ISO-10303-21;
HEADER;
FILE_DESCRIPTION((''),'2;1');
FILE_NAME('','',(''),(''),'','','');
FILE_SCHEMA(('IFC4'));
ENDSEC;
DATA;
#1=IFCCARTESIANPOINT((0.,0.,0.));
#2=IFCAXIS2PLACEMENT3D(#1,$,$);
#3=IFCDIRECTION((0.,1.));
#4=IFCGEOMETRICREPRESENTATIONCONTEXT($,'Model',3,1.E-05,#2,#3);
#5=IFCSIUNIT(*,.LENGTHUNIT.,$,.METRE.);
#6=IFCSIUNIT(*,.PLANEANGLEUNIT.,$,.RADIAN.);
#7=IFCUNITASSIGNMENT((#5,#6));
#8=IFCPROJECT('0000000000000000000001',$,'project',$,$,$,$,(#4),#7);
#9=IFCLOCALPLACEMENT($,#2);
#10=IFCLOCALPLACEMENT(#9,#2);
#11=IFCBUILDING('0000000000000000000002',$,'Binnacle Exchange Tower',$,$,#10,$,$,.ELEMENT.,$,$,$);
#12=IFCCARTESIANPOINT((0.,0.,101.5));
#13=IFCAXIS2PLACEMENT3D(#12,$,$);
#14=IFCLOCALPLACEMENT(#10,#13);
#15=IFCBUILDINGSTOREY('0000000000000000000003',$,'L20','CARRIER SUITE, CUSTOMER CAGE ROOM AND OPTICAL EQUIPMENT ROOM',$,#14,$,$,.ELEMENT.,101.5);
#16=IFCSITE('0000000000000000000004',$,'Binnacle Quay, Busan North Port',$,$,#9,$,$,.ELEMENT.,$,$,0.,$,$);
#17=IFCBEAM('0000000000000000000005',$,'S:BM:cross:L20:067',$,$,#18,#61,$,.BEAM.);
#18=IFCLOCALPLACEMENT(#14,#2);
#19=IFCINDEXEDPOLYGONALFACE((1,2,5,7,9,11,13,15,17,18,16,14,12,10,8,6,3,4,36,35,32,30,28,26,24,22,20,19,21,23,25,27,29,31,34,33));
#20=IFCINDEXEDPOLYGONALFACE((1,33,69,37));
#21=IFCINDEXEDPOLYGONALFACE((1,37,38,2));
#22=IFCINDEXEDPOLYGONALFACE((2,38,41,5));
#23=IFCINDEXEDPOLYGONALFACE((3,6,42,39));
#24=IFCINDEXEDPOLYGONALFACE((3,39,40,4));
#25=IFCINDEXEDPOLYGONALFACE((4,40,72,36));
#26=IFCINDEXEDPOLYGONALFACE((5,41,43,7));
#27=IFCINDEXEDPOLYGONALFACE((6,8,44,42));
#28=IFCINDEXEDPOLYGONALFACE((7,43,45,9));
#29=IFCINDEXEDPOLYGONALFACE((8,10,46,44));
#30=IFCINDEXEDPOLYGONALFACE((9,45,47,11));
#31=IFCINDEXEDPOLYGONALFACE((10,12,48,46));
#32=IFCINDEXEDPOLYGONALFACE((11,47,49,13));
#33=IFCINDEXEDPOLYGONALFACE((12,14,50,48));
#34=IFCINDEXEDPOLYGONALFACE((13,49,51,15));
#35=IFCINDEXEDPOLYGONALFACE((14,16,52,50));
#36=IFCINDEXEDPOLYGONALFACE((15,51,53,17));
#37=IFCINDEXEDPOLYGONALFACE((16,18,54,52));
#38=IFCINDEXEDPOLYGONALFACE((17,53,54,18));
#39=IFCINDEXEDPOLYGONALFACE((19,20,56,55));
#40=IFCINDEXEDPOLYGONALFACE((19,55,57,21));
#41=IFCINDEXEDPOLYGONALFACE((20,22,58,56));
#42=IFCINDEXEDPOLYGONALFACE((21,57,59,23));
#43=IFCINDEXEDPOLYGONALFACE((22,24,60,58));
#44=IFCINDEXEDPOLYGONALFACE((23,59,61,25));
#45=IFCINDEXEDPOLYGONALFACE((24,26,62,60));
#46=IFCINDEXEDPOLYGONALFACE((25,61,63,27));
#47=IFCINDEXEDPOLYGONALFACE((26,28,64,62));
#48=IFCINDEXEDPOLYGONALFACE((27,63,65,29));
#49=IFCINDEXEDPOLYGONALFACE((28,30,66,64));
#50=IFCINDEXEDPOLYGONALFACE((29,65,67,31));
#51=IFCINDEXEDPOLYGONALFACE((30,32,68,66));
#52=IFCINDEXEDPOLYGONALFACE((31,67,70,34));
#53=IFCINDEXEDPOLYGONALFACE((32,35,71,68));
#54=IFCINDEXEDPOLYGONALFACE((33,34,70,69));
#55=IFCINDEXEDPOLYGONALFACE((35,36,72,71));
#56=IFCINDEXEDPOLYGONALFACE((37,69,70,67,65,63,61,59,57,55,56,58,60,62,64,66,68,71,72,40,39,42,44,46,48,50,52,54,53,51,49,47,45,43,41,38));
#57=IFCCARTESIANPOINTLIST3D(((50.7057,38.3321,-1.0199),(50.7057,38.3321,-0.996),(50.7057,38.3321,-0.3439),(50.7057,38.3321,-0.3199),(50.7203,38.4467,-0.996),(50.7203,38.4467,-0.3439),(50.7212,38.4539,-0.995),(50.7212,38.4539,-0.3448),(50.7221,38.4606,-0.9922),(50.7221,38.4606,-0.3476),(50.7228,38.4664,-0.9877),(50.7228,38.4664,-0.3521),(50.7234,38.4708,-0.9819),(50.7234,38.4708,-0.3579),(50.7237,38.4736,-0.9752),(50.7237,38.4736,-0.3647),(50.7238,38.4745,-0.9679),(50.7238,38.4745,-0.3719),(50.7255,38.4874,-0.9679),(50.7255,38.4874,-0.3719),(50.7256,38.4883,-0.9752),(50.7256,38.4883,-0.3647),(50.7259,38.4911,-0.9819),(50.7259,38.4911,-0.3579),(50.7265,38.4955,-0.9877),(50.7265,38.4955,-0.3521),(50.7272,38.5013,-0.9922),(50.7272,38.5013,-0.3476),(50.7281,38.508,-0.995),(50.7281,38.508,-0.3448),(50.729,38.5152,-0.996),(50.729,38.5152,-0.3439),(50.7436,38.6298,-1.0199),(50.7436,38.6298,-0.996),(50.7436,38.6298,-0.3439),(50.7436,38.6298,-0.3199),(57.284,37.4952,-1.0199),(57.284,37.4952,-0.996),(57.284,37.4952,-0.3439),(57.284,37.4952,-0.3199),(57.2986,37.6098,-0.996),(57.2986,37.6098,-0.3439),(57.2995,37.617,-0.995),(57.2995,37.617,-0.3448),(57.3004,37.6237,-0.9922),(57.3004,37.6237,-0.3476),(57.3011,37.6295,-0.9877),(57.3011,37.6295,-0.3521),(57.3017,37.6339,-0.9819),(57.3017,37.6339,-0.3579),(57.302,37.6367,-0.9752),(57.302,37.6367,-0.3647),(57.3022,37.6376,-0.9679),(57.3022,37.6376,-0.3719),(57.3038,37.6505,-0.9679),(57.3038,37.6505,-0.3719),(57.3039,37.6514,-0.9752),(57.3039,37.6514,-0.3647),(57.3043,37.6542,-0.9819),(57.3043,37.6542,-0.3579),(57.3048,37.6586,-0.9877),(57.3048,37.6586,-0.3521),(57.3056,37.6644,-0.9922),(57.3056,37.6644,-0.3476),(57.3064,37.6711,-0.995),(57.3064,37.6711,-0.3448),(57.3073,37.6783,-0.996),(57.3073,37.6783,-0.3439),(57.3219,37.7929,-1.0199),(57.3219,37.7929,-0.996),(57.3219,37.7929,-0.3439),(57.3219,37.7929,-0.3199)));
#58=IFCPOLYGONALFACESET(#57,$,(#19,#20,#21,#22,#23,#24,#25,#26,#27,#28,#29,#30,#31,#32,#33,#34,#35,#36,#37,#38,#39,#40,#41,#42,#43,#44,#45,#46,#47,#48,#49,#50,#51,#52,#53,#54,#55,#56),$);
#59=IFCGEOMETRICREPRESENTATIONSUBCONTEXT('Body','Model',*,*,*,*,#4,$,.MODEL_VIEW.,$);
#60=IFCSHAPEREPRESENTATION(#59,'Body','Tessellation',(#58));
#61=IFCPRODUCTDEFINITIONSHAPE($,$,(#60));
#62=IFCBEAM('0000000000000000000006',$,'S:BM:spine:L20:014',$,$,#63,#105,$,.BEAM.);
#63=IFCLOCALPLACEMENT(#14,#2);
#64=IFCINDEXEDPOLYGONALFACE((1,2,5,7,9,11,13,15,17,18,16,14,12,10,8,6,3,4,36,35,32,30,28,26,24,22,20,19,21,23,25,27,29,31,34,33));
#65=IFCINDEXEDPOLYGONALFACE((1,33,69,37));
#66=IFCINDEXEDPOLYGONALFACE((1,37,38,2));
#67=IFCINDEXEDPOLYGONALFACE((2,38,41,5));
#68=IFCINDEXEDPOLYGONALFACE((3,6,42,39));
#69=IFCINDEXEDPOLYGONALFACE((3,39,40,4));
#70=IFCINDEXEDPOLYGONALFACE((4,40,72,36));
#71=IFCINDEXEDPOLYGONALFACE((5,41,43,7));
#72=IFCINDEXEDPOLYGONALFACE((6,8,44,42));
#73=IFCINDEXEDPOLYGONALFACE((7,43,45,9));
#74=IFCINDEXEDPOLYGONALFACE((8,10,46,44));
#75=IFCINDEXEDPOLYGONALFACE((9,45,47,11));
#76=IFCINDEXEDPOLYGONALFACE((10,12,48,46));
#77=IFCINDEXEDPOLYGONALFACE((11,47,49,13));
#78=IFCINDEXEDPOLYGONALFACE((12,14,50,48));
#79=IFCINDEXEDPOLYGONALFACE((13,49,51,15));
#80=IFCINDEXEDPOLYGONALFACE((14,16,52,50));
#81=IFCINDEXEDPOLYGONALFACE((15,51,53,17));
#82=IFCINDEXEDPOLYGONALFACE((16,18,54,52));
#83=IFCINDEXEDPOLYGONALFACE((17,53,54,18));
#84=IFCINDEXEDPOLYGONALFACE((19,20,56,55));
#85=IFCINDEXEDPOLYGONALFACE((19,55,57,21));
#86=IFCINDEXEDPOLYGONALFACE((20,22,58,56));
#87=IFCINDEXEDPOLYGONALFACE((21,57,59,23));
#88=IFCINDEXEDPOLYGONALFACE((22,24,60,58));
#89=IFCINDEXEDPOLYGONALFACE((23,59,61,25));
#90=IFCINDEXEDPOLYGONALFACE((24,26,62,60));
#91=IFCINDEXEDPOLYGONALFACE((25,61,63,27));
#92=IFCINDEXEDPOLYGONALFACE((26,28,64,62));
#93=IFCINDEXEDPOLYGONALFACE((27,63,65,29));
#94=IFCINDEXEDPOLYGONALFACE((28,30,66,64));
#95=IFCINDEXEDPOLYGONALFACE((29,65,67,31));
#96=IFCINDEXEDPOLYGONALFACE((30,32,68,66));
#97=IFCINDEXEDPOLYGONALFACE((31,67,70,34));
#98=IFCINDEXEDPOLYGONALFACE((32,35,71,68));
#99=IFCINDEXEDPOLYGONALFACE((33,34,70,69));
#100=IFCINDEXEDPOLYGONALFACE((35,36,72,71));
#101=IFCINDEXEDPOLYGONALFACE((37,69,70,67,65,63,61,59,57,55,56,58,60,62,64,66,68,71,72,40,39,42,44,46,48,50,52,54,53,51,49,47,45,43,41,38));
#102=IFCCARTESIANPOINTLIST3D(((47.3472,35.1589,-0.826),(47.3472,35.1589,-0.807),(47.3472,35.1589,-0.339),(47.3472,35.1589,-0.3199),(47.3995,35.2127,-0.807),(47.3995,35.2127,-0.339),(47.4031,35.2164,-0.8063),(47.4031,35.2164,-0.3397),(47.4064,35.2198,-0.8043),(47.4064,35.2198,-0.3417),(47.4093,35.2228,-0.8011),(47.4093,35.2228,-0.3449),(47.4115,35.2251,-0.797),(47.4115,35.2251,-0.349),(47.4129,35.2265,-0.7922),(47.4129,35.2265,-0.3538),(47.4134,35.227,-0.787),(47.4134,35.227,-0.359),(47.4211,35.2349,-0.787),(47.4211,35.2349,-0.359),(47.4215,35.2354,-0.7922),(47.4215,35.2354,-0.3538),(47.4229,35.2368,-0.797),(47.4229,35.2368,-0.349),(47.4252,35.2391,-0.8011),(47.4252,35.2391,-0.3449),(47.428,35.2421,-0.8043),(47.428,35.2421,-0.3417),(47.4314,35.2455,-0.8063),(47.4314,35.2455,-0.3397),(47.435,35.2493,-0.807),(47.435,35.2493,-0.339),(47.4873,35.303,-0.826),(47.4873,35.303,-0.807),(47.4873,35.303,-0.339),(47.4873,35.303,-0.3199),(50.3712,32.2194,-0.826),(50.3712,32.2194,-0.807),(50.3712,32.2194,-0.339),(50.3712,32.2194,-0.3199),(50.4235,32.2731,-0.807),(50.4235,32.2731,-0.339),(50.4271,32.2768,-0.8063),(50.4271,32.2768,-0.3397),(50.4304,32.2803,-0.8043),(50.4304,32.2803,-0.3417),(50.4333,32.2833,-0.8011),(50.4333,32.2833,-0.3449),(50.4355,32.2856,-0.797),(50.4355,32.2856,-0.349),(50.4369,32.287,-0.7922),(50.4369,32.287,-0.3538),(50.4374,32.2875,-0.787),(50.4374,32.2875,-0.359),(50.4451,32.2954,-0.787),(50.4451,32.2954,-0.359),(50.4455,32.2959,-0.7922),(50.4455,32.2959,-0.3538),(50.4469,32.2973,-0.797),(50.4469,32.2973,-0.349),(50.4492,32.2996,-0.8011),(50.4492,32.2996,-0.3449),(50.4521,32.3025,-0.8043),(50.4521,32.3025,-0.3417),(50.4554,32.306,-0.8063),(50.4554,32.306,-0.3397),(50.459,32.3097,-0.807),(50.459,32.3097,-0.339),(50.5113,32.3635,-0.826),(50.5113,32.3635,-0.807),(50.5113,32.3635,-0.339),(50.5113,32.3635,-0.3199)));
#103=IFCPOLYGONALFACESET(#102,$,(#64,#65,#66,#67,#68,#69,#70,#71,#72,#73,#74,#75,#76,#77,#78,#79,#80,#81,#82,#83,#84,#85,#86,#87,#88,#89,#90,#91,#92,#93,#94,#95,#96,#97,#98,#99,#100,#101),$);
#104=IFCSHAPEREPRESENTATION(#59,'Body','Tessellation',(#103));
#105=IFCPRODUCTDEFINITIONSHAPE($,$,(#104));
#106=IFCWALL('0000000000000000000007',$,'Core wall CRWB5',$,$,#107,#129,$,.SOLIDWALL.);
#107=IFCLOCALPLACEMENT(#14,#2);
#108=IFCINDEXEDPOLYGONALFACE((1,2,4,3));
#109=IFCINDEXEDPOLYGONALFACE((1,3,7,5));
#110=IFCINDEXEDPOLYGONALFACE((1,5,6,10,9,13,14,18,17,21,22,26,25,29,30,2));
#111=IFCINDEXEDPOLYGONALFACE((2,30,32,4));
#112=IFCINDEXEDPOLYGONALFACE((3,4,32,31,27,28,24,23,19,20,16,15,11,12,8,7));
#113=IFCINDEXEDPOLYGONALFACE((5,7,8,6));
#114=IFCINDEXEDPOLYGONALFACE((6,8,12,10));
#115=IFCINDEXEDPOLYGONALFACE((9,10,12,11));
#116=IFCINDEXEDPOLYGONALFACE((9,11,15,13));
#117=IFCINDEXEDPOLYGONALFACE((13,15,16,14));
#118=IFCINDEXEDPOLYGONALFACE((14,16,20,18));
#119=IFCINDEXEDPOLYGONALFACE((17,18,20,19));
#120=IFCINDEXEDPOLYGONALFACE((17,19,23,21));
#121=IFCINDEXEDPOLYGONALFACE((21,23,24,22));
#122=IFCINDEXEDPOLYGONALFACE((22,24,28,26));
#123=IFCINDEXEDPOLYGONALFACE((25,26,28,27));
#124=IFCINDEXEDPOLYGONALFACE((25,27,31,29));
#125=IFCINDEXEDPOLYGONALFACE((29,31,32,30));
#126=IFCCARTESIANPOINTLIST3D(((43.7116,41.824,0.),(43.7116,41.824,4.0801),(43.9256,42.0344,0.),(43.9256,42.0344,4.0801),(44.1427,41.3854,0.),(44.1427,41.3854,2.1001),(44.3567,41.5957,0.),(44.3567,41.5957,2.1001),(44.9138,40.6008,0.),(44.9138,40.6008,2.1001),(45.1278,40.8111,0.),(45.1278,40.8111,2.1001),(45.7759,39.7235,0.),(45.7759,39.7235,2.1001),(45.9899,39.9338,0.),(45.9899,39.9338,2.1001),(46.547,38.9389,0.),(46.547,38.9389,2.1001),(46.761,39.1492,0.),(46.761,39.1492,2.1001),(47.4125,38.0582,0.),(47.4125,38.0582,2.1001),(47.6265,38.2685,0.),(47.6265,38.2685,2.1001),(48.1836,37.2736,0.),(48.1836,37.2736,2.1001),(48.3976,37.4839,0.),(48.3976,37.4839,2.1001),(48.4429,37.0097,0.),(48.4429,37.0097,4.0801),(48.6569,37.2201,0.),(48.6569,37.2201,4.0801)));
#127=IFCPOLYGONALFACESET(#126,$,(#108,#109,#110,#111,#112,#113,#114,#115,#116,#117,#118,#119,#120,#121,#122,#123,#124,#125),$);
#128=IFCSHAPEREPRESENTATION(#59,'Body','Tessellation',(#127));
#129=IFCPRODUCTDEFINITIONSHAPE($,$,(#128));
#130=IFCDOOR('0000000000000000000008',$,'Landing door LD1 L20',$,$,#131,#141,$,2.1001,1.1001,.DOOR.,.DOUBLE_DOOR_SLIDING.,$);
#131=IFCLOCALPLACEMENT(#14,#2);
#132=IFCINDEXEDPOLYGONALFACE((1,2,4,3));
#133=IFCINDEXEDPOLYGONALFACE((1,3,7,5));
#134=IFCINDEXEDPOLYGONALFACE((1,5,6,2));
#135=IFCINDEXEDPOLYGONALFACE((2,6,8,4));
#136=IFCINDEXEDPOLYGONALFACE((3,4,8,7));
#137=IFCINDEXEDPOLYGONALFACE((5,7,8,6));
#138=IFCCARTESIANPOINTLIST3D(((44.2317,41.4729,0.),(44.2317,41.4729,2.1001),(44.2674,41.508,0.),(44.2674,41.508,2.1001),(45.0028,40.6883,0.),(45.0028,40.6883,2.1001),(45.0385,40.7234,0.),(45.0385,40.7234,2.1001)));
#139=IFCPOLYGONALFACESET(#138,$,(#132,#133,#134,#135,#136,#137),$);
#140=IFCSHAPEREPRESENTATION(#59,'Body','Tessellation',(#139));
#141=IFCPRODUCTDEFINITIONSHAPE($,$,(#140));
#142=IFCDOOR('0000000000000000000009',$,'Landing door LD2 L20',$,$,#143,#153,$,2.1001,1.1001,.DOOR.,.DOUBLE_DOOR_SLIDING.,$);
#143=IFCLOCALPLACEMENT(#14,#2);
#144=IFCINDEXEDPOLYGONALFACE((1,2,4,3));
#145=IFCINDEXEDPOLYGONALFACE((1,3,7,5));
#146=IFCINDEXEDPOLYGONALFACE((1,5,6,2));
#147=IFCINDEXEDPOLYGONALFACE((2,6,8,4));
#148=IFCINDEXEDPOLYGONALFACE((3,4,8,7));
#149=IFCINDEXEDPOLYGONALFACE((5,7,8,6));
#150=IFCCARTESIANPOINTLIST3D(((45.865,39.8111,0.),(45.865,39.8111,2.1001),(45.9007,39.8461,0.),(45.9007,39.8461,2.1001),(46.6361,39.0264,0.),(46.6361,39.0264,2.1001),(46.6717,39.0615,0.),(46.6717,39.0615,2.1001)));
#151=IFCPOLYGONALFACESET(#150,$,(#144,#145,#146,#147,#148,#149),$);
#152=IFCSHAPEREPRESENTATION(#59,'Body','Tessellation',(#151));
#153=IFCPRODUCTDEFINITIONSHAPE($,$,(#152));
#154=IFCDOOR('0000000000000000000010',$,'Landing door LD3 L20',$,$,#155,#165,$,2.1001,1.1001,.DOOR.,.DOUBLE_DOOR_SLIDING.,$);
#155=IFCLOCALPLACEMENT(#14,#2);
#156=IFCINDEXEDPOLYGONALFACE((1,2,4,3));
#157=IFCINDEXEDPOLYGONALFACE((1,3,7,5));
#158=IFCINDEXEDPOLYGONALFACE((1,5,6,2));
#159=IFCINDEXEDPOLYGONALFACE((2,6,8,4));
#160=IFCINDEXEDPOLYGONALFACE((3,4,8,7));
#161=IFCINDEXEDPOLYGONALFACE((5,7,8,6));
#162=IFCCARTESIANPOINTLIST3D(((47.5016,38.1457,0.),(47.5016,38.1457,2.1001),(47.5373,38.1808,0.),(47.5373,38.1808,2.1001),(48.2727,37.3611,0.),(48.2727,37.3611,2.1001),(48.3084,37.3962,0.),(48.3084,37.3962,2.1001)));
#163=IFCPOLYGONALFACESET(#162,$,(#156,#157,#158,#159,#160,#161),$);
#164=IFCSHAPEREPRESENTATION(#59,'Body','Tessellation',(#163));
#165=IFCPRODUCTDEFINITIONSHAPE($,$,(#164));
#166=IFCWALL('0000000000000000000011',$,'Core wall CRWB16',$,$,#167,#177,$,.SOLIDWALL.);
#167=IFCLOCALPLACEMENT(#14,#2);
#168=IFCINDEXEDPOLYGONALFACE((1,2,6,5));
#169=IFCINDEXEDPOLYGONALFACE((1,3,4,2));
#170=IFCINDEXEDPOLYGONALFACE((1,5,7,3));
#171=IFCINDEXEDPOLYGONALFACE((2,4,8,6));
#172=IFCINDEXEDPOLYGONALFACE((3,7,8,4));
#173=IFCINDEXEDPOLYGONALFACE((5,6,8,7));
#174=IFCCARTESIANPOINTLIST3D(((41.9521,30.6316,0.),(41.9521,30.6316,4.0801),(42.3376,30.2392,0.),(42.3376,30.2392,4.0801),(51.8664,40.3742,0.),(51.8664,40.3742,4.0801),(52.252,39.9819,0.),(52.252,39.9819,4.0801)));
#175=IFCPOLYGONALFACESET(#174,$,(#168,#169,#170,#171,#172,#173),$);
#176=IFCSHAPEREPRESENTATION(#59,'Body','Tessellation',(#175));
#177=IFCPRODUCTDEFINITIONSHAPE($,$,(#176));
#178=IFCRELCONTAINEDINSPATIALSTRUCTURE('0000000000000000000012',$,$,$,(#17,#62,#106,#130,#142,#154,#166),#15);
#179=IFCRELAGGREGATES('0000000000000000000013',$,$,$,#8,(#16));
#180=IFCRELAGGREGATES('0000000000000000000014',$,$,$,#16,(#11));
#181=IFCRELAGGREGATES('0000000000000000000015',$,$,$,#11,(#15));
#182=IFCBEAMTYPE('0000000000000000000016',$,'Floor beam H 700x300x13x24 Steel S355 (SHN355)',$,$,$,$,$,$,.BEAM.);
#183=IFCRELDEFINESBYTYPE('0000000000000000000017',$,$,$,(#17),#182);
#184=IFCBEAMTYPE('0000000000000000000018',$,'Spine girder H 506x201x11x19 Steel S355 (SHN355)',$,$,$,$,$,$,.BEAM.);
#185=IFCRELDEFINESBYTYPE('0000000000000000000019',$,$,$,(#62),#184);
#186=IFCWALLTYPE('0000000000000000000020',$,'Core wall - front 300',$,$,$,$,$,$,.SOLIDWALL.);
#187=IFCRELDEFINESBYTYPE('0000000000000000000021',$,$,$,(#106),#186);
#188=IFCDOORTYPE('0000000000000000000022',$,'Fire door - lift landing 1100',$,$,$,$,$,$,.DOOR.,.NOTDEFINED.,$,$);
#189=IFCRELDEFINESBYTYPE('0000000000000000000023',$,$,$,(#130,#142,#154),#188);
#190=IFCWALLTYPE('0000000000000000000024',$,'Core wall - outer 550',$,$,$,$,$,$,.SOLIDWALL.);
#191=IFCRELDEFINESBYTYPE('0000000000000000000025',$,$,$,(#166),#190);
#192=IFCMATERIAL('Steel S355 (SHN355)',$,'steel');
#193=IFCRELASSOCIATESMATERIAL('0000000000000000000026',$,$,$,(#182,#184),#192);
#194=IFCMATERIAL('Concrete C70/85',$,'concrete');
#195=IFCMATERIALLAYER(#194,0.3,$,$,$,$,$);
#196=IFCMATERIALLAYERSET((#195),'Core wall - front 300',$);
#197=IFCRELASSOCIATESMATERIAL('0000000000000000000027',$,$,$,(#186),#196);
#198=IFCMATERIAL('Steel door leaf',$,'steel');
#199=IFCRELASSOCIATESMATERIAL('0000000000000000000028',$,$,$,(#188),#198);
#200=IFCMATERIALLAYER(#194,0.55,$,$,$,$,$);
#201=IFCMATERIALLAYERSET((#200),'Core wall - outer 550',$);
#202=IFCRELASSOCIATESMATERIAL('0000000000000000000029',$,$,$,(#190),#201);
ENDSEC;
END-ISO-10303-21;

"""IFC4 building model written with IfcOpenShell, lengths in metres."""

from ifc_helpers import new_model, si_unit, direction, frame, frame_2d, origin, origin_2d, place, context, subcontext, project, spatial, rectangle, i_section, extrude, material, layer, layer_set, material_profile, profile_set, type_object, element, fill, save


model = new_model("IFC4")

# Units and contexts
model_context = context("Model", 3, precision=1e-05, world=origin(), true_north=direction((0.0, 1.0)))
body_context = subcontext(model_context, "Body", "Model", "MODEL_VIEW")
ifc_project = project(units=[si_unit("LENGTHUNIT", "METRE"), si_unit("PLANEANGLEUNIT", "RADIAN")], contexts=[model_context])

# Site, building, storey
site_placement = place(None, origin())
site = spatial("IfcSite", under=ifc_project, at=site_placement, Name="Binnacle Quay, Busan North Port", CompositionType="ELEMENT", RefElevation=0.0)
building_placement = place(site_placement, origin())
building = spatial("IfcBuilding", under=site, at=building_placement, Name="Binnacle Exchange Tower", CompositionType="ELEMENT")
storey_placement = place(building_placement, frame((0.0, 0.0, 101.5)))
storey = spatial("IfcBuildingStorey", under=building, at=storey_placement, Name="L20", Description="CARRIER SUITE, CUSTOMER CAGE ROOM AND OPTICAL EQUIPMENT ROOM", CompositionType="ELEMENT", Elevation=101.5)

# Shared definitions
ifc_material_1 = material(Name="Concrete C70/85", Category="concrete")

# Beams
ifc_material_2 = material(Name="Steel S355 (SHN355)", Category="steel")
ifc_material_profile_1 = material_profile(ifc_material_2, i_section(OverallWidth=0.3, OverallDepth=0.7, WebThickness=0.0129, FlangeThickness=0.0239, FilletRadius=0.0281, at=origin_2d()), Name="H 700x300x13x24")
ifc_profile_set_1 = profile_set([ifc_material_profile_1], Name="Steel S355 (SHN355)")
beam_type_1 = type_object("IfcBeamType", Name="Floor beam H 700x300x13x24 Steel S355 (SHN355)", PredefinedType="BEAM", material=ifc_profile_set_1)
beam_1_placement = place(storey_placement, frame((57.303, 37.644, -0.6699), z_axis=(-0.992004, 0.126205, 0.0), x_axis=(-0.126205, -0.992004, 0.0)))
element("IfcBeam", 1, at=beam_1_placement, inside=storey, type_object=beam_type_1, Name="S:BM:cross:L20:067", PredefinedType="BEAM", context=body_context, shape_type="SweptSolid", body=[
    extrude(i_section(OverallWidth=0.3, OverallDepth=0.7, WebThickness=0.0129, FlangeThickness=0.0239, FilletRadius=0.0281, at=origin_2d()), origin(), (0.0, 0.0, 1.0), 6.6313),
])
ifc_material_profile_2 = material_profile(ifc_material_2, i_section(OverallWidth=0.2009, OverallDepth=0.5061, WebThickness=0.011, FlangeThickness=0.019, FilletRadius=0.02, at=origin_2d()), Name="H 506x201x11x19")
ifc_profile_set_2 = profile_set([ifc_material_profile_2], Name="Steel S355 (SHN355)")
beam_type_2 = type_object("IfcBeamType", Name="Spine girder H 506x201x11x19 Steel S355 (SHN355)", PredefinedType="BEAM", material=ifc_profile_set_2)
beam_2_placement = place(storey_placement, frame((47.4172, 35.231, -0.573), z_axis=(0.717051, -0.697021, 0.0), x_axis=(0.697021, 0.717051, 0.0)))
element("IfcBeam", 2, at=beam_2_placement, inside=storey, type_object=beam_type_2, Name="S:BM:spine:L20:014", PredefinedType="BEAM", context=body_context, shape_type="SweptSolid", body=[
    extrude(i_section(OverallWidth=0.2009, OverallDepth=0.5061, WebThickness=0.011, FlangeThickness=0.019, FilletRadius=0.02, at=origin_2d()), origin(), (0.0, 0.0, 1.0), 4.2173),
])

# Wall, openings, doors
ifc_layer_1 = layer(ifc_material_1, 0.3)
ifc_layer_set_1 = layer_set([ifc_layer_1], Name="Core wall - front 300")
wall_type_1 = type_object("IfcWallType", Name="Core wall - front 300", PredefinedType="SOLIDWALL", material=ifc_layer_set_1)
wall_1_placement = place(storey_placement, frame((43.8186, 41.9292, 0.0), z_axis=(0.0, 0.0, 1.0), x_axis=(0.700931, -0.713229, 0.0)))
wall_1 = element("IfcWall", 3, at=wall_1_placement, inside=storey, type_object=wall_type_1, Name="Core wall CRWB5", PredefinedType="SOLIDWALL", context=body_context, shape_type="SweptSolid", body=[
    extrude(rectangle(XDim=6.75, YDim=0.3, at=frame_2d((3.375, 0.0))), origin(), (0.0, 0.0, 1.0), 4.0801),
])
opening_1_placement = place(wall_1_placement, frame((0.615, 0.0, 0.0)))
opening_1 = element("IfcOpeningElement", 4, at=opening_1_placement, cuts=wall_1, PredefinedType="OPENING", context=body_context, shape_type="SweptSolid", body=[
    extrude(rectangle(XDim=1.1001, YDim=2.1001, at=frame_2d((0.55, 1.05))), frame((0.0, 0.1599, 0.0), z_axis=(0.0, -1.0, 0.0), x_axis=(1.0, 0.0, 0.0)), (0.0, 0.0, 1.0), 0.3201),
])
opening_2_placement = place(wall_1_placement, frame((2.9451, 0.0, 0.0)))
opening_2 = element("IfcOpeningElement", 5, at=opening_2_placement, cuts=wall_1, PredefinedType="OPENING", context=body_context, shape_type="SweptSolid", body=[
    extrude(rectangle(XDim=1.1001, YDim=2.1001, at=frame_2d((0.55, 1.05))), frame((0.0, 0.1599, 0.0), z_axis=(0.0, -1.0, 0.0), x_axis=(1.0, 0.0, 0.0)), (0.0, 0.0, 1.0), 0.3201),
])
opening_3_placement = place(wall_1_placement, frame((5.28, 0.0, 0.0)))
opening_3 = element("IfcOpeningElement", 6, at=opening_3_placement, cuts=wall_1, PredefinedType="OPENING", context=body_context, shape_type="SweptSolid", body=[
    extrude(rectangle(XDim=1.1001, YDim=2.1001, at=frame_2d((0.55, 1.05))), frame((0.0, 0.1599, 0.0), z_axis=(0.0, -1.0, 0.0), x_axis=(1.0, 0.0, 0.0)), (0.0, 0.0, 1.0), 0.3201),
])
ifc_material_3 = material(Name="Steel door leaf", Category="steel")
door_type_1 = type_object("IfcDoorType", Name="Fire door - lift landing 1100", OperationType="NOTDEFINED", PredefinedType="DOOR", material=ifc_material_3)
door_1_placement = place(opening_1_placement, origin())
door_1 = element("IfcDoor", 7, at=door_1_placement, inside=storey, type_object=door_type_1, Name="Landing door LD1 L20", OperationType="DOUBLE_DOOR_SLIDING", OverallHeight=2.1001, OverallWidth=1.1001, PredefinedType="DOOR", context=body_context, shape_type="SweptSolid", body=[
    extrude(rectangle(XDim=1.1001, YDim=2.1001, at=frame_2d((0.55, 1.05))), frame((0.0, 0.0249, 0.0), z_axis=(0.0, -1.0, 0.0), x_axis=(1.0, 0.0, 0.0)), (0.0, 0.0, 1.0), 0.05),
])
fill(opening_1, door_1)
door_2_placement = place(opening_2_placement, origin())
door_2 = element("IfcDoor", 8, at=door_2_placement, inside=storey, type_object=door_type_1, Name="Landing door LD2 L20", OperationType="DOUBLE_DOOR_SLIDING", OverallHeight=2.1001, OverallWidth=1.1001, PredefinedType="DOOR", context=body_context, shape_type="SweptSolid", body=[
    extrude(rectangle(XDim=1.1001, YDim=2.1001, at=frame_2d((0.55, 1.05))), frame((0.0, 0.0249, 0.0), z_axis=(0.0, -1.0, 0.0), x_axis=(1.0, 0.0, 0.0)), (0.0, 0.0, 1.0), 0.05),
])
fill(opening_2, door_2)
door_3_placement = place(opening_3_placement, origin())
door_3 = element("IfcDoor", 9, at=door_3_placement, inside=storey, type_object=door_type_1, Name="Landing door LD3 L20", OperationType="DOUBLE_DOOR_SLIDING", OverallHeight=2.1001, OverallWidth=1.1001, PredefinedType="DOOR", context=body_context, shape_type="SweptSolid", body=[
    extrude(rectangle(XDim=1.1001, YDim=2.1001, at=frame_2d((0.55, 1.05))), frame((0.0, 0.0249, 0.0), z_axis=(0.0, -1.0, 0.0), x_axis=(1.0, 0.0, 0.0)), (0.0, 0.0, 1.0), 0.05),
])
fill(opening_3, door_3)

# Wall
ifc_layer_2 = layer(ifc_material_1, 0.55)
ifc_layer_set_2 = layer_set([ifc_layer_2], Name="Core wall - outer 550")
wall_type_2 = type_object("IfcWallType", Name="Core wall - outer 550", PredefinedType="SOLIDWALL", material=ifc_layer_set_2)
wall_2_placement = place(storey_placement, frame((42.1448, 30.4353, 0.0), z_axis=(0.0, 0.0, 1.0), x_axis=(0.713254, 0.700906, 0.0)))
element("IfcWall", 10, at=wall_2_placement, inside=storey, type_object=wall_type_2, Name="Core wall CRWB16", PredefinedType="SOLIDWALL", context=body_context, shape_type="SweptSolid", body=[
    extrude(rectangle(XDim=13.9001, YDim=0.55, at=frame_2d((6.9502, 0.0))), origin(), (0.0, 0.0, 1.0), 4.0801),
])

save(model, "model.ifc")
